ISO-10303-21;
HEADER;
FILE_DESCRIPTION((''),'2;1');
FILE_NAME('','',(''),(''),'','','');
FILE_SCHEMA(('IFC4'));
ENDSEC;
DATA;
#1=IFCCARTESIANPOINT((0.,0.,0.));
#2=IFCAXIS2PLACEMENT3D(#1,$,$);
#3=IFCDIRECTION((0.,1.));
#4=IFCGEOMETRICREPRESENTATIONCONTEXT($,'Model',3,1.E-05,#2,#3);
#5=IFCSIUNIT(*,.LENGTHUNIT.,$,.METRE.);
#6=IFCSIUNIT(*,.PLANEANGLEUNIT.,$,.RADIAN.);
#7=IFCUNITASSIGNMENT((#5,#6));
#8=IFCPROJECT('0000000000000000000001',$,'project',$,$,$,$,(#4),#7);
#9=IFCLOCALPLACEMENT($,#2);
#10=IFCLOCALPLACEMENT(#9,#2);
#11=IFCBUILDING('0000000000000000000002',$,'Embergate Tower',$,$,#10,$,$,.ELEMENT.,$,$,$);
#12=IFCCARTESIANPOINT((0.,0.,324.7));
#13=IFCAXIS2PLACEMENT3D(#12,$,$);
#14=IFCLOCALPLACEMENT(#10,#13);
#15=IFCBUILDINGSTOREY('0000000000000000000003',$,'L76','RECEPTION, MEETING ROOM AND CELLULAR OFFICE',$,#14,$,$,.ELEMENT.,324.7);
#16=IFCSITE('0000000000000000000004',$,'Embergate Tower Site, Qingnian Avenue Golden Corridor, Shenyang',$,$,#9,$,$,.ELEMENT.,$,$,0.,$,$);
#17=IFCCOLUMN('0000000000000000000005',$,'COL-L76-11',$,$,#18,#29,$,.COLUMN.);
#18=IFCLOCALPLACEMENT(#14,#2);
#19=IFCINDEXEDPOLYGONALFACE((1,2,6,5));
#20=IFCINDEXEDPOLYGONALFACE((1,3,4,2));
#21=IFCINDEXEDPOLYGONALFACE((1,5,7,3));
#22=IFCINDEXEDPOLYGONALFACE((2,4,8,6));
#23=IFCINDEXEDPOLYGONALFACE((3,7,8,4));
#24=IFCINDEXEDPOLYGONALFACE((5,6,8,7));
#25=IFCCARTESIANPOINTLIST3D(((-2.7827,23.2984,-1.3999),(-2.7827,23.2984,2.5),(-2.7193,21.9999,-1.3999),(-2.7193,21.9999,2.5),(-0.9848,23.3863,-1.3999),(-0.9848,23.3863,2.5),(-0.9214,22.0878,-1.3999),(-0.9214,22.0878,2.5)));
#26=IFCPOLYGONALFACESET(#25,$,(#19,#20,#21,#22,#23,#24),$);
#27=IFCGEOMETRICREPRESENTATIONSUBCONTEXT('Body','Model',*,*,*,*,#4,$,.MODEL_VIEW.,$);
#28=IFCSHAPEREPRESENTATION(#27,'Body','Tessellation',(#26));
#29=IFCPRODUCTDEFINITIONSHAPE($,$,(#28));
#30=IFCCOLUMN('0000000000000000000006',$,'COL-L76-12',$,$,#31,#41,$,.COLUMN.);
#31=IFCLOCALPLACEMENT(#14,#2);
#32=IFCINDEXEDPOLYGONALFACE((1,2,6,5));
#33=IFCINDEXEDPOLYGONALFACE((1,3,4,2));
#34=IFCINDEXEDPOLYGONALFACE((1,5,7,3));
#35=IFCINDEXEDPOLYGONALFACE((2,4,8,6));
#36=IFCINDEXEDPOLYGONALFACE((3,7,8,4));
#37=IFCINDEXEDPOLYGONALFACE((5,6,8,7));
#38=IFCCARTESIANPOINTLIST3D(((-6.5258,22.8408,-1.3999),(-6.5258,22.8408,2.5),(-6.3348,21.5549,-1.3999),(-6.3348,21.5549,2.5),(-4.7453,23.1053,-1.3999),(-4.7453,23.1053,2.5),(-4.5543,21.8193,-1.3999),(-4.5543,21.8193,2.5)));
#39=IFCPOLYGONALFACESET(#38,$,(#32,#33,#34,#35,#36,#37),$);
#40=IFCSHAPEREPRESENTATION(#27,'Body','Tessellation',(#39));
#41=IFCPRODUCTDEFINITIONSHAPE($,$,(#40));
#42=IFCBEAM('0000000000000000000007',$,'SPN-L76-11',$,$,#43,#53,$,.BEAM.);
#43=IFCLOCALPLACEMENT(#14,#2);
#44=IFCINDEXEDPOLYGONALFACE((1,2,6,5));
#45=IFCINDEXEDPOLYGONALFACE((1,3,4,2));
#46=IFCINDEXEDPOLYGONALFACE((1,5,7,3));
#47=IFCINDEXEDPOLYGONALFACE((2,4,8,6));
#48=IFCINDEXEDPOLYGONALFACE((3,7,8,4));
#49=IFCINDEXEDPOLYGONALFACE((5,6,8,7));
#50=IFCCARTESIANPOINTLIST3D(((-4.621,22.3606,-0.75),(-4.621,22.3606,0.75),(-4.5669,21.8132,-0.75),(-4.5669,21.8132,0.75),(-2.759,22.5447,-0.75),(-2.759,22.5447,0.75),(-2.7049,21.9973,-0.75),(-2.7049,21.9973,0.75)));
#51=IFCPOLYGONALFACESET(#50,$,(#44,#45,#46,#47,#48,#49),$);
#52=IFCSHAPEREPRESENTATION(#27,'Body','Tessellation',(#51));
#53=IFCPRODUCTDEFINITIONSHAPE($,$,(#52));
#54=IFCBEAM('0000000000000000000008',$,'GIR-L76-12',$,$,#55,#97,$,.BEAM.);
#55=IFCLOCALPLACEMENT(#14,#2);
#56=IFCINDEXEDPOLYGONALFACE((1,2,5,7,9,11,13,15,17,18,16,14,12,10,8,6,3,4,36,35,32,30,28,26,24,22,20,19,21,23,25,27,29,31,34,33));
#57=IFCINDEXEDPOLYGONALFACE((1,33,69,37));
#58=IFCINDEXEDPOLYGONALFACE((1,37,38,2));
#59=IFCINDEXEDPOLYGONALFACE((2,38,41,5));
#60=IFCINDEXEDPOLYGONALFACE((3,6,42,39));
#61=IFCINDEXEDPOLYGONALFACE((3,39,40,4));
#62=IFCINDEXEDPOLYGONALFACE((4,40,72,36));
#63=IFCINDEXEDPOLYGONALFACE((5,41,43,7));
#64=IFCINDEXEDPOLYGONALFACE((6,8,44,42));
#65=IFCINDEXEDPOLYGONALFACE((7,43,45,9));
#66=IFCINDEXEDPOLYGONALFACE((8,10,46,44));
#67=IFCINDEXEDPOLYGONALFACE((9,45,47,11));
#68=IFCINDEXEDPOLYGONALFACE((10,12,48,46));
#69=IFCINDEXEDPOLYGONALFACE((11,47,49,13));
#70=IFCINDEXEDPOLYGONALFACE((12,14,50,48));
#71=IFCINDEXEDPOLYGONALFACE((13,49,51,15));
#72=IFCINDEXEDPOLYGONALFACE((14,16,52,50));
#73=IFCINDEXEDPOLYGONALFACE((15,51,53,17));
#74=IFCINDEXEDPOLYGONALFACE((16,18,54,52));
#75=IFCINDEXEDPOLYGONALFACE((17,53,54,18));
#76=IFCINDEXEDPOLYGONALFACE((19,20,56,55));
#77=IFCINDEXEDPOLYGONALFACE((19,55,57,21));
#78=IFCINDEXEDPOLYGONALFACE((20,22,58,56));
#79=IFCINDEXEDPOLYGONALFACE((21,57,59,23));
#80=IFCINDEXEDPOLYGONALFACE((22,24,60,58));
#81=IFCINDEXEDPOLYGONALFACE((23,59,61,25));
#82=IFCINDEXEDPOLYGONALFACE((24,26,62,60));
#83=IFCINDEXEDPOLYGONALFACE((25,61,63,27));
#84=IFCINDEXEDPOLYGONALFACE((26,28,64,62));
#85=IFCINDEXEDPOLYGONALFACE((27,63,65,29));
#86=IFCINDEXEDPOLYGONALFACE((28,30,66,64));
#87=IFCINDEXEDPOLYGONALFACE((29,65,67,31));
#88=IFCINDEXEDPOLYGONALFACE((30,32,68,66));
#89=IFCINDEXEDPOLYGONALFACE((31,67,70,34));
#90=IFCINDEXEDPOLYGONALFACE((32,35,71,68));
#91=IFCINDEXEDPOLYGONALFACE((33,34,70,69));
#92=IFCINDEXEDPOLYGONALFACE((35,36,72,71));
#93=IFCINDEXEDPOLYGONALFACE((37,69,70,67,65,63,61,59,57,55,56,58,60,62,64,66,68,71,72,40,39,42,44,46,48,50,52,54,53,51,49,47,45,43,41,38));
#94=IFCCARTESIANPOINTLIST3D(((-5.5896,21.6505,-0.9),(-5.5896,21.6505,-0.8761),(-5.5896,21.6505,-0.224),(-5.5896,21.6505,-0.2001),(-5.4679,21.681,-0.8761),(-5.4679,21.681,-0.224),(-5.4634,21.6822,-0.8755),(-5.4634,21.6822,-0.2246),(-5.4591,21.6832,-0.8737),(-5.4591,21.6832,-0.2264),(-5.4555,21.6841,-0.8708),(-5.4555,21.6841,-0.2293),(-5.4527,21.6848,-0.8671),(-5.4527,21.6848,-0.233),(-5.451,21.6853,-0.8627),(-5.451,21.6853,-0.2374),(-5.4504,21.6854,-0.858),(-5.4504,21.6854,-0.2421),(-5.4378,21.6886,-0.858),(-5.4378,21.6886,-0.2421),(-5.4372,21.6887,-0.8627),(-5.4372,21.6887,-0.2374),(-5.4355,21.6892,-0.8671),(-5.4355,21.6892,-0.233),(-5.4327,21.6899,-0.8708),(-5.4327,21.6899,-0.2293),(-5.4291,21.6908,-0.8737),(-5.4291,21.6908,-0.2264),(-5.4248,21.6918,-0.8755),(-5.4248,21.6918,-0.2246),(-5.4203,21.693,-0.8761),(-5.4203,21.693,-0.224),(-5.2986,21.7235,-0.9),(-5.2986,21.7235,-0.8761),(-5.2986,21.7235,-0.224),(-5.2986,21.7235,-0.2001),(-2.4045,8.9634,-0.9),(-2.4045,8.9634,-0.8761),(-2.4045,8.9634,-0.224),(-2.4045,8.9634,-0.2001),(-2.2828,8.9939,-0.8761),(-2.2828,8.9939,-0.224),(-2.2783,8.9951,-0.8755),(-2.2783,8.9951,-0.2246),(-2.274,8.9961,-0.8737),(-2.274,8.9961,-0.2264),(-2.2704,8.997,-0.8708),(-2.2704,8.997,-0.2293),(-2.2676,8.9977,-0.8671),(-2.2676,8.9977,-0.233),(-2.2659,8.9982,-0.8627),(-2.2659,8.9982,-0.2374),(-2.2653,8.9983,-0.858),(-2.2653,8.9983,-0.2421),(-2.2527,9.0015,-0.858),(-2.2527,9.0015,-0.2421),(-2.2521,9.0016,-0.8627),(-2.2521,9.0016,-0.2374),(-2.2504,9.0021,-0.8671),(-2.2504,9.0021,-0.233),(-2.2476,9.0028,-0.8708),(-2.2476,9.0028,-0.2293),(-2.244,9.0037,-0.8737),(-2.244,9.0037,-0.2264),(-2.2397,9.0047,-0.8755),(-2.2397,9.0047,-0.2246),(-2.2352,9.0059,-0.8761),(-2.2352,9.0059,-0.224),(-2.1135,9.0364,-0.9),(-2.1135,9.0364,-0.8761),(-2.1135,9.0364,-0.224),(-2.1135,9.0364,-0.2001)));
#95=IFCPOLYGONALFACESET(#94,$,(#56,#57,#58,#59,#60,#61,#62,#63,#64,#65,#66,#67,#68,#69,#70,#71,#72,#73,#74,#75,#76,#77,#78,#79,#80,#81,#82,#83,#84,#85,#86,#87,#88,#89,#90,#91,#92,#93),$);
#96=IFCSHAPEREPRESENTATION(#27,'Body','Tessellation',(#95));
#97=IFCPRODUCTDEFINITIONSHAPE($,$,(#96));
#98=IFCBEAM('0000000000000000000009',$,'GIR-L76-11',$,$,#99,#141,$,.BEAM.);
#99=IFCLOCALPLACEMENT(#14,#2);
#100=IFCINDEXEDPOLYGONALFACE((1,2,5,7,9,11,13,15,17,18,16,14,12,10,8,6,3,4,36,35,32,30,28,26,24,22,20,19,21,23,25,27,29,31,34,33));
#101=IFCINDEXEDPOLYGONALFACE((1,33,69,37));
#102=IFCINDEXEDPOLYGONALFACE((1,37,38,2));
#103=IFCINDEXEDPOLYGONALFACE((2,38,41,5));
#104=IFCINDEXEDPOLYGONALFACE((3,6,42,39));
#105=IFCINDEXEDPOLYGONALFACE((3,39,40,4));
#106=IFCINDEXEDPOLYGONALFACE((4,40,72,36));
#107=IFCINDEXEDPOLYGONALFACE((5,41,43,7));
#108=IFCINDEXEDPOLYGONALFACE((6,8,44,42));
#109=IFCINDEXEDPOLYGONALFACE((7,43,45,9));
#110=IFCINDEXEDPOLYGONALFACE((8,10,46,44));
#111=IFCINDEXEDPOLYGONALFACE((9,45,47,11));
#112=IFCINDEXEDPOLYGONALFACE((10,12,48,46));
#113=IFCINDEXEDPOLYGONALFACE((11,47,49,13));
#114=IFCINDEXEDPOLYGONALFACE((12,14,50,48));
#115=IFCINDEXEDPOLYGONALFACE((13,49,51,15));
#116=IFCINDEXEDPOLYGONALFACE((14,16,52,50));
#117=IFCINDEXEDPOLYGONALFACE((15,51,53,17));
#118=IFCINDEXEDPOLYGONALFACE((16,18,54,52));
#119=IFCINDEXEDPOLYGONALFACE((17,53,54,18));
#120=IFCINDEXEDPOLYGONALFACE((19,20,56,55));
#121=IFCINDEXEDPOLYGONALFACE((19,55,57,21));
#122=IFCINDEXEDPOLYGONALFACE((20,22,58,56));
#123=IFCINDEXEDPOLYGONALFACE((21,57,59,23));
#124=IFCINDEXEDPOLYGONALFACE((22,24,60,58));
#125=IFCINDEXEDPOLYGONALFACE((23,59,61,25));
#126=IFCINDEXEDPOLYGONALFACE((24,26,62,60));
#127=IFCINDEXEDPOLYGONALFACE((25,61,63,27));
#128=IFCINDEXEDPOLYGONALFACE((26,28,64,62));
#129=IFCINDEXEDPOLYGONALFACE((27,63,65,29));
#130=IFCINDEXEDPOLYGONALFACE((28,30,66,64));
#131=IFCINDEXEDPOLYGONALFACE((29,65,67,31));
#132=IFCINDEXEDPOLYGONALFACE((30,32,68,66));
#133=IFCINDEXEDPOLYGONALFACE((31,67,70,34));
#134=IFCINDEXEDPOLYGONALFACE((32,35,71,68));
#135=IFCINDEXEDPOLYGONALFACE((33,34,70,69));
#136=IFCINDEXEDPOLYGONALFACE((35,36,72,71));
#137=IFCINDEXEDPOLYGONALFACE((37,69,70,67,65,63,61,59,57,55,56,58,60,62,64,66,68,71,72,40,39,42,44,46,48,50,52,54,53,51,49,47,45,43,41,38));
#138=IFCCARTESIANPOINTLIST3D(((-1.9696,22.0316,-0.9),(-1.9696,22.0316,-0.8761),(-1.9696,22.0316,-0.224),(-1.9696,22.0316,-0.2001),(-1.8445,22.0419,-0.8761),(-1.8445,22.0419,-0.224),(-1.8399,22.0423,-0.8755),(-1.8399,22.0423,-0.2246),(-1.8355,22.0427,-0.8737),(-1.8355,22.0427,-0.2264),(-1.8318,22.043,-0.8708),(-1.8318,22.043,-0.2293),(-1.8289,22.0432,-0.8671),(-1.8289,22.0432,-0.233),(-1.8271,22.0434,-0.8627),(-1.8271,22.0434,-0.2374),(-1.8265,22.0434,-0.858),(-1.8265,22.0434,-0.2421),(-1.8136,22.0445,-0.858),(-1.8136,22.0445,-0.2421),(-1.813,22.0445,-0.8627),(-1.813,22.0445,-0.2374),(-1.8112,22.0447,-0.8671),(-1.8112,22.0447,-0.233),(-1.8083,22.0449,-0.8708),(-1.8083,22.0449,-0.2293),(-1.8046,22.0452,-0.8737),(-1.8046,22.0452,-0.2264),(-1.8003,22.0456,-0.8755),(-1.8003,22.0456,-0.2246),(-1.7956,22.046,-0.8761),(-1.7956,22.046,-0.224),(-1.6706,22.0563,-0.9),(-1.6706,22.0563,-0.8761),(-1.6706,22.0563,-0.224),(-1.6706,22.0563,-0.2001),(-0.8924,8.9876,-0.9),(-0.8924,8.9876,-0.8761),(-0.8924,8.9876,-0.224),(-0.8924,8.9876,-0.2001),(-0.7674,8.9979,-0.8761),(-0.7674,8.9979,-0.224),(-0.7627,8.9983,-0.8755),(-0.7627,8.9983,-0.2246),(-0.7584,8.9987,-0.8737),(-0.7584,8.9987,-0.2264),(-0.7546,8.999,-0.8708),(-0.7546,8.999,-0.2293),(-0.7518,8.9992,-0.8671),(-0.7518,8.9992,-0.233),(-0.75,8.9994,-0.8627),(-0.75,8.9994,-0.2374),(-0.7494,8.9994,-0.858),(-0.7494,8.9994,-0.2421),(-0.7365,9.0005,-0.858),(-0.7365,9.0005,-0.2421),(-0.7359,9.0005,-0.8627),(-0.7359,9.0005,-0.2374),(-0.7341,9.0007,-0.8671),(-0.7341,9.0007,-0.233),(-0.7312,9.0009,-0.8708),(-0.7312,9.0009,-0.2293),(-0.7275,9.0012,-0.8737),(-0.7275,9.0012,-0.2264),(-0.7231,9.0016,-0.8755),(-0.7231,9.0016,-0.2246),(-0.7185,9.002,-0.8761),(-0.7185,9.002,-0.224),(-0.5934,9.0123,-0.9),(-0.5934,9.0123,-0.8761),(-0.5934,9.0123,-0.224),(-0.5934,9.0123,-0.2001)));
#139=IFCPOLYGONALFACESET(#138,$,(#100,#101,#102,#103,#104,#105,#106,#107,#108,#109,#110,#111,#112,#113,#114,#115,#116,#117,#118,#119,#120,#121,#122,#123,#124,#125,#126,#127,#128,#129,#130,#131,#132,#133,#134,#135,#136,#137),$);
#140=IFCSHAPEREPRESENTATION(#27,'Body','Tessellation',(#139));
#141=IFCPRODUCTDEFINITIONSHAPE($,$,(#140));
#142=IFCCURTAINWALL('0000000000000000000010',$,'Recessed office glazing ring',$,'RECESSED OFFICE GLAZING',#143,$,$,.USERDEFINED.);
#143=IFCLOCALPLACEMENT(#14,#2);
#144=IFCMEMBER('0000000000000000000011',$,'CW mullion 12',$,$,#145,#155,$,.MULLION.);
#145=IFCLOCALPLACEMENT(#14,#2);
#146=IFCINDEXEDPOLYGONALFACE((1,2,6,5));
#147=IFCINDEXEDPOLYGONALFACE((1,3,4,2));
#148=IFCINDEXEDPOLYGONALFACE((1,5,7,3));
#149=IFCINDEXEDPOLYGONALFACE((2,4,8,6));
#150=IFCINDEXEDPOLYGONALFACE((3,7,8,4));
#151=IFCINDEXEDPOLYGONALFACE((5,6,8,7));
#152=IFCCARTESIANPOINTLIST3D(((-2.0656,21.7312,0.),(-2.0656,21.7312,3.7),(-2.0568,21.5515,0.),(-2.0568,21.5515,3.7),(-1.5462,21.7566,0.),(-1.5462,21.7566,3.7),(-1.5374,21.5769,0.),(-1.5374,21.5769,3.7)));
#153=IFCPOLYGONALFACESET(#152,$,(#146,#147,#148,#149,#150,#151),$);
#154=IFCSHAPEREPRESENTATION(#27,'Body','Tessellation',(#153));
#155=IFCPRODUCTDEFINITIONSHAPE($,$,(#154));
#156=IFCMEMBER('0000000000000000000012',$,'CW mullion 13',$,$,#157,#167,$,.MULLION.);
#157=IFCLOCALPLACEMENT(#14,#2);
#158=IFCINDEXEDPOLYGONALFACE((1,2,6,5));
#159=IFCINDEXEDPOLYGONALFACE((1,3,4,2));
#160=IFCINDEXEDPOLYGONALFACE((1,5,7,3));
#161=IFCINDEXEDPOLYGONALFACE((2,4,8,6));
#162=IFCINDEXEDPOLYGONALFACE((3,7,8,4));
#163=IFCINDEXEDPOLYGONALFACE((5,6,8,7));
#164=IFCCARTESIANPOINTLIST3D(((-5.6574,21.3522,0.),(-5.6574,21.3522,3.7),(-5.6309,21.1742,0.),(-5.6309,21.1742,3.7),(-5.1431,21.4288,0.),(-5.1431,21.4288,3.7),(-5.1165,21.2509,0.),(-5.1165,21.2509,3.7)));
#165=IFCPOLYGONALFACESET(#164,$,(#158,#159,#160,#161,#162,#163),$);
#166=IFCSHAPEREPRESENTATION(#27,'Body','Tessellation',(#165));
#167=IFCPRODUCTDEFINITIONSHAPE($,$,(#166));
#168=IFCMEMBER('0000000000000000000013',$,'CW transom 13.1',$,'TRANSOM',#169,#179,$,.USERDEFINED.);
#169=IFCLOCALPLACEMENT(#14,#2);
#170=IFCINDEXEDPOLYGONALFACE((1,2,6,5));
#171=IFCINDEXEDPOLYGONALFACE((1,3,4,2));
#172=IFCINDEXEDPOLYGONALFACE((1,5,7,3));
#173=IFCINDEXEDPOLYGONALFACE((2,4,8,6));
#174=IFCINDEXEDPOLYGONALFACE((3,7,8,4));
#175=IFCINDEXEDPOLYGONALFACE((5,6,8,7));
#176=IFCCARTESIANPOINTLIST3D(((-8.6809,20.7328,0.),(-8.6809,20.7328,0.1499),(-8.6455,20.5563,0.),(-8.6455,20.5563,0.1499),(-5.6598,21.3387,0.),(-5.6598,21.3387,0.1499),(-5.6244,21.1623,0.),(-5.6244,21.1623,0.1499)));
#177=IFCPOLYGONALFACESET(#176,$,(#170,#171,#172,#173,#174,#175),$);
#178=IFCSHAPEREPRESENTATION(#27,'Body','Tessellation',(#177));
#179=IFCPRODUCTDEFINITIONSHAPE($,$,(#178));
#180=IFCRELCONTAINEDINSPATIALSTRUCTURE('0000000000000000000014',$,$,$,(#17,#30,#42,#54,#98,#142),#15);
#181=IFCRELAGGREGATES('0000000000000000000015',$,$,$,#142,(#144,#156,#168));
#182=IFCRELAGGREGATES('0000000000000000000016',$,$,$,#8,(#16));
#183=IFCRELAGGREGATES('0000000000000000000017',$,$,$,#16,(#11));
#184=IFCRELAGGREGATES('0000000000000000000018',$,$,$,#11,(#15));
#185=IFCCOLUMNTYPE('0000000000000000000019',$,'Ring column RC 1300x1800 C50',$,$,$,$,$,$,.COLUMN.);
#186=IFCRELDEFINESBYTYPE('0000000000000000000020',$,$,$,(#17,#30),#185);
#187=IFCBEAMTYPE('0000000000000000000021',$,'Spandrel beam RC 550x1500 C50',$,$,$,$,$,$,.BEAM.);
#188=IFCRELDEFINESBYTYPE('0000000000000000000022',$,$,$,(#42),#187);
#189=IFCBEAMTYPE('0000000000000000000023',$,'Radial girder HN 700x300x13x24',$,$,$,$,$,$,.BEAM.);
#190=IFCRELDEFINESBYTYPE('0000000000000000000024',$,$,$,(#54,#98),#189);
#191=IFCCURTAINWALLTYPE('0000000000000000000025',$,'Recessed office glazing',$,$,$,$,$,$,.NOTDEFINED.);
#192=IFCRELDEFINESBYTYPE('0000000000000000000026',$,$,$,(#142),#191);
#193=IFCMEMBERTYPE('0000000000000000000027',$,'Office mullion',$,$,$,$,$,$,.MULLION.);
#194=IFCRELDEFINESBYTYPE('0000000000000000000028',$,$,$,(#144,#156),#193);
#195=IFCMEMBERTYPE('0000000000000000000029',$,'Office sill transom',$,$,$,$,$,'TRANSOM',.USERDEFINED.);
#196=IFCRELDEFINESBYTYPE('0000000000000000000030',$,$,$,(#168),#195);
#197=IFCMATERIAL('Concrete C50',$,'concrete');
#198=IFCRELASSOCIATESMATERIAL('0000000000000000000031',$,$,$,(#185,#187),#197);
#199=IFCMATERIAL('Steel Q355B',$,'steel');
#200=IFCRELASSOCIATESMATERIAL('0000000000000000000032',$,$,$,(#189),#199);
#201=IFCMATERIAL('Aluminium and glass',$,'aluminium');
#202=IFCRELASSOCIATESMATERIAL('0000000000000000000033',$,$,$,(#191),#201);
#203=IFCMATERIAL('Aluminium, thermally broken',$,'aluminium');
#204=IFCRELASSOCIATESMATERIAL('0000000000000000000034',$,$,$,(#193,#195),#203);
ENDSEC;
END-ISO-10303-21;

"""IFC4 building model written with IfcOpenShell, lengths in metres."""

from ifc_helpers import new_model, si_unit, direction, frame, origin, origin_2d, place, context, subcontext, project, spatial, rectangle, i_section, extrude, source, transform, mapped, material, material_profile, profile_set, type_object, element, aggregate, save


model = new_model("IFC4")

# Units and contexts
model_context = context("Model", 3, precision=1e-05, world=origin(), true_north=direction((0.0, 1.0)))
body_context = subcontext(model_context, "Body", "Model", "MODEL_VIEW")
ifc_project = project(units=[si_unit("LENGTHUNIT", "METRE"), si_unit("PLANEANGLEUNIT", "RADIAN")], contexts=[model_context])

# Site, building, storey
site_placement = place(None, origin())
site = spatial("IfcSite", under=ifc_project, at=site_placement, Name="Embergate Tower Site, Qingnian Avenue Golden Corridor, Shenyang", CompositionType="ELEMENT", RefElevation=0.0)
building_placement = place(site_placement, origin())
building = spatial("IfcBuilding", under=site, at=building_placement, Name="Embergate Tower", CompositionType="ELEMENT")
storey_placement = place(building_placement, frame((0.0, 0.0, 324.7)))
storey = spatial("IfcBuildingStorey", under=building, at=storey_placement, Name="L76", Description="RECEPTION, MEETING ROOM AND CELLULAR OFFICE", CompositionType="ELEMENT", Elevation=324.7)

# Columns
ifc_material_1 = material(Name="Concrete C50", Category="concrete")
ifc_material_profile_1 = material_profile(ifc_material_1, rectangle(XDim=1.3, YDim=1.8, at=origin_2d()), Name="RC 1300x1800")
ifc_profile_set_1 = profile_set([ifc_material_profile_1], Name="Concrete C50")
column_type = type_object("IfcColumnType", Name="Ring column RC 1300x1800 C50", PredefinedType="COLUMN", material=ifc_profile_set_1)
shared_shape_1 = source(origin(), body_context, "Body", "SweptSolid", [
    extrude(rectangle(XDim=1.3, YDim=1.8, at=origin_2d()), origin(), (0.0, 0.0, 1.0), 3.8999),
])
for number, where, z_axis, x_axis, name in (
    (1, (-1.8521, 22.6931, -1.3999), (0.0, 0.0, 1.0), (-0.048815, 0.998808, 0.0), "COL-L76-11"),
    (2, (-5.54, 22.3301, -1.3999), (0.0, 0.0, 1.0), (-0.146929, 0.989147, 0.0), "COL-L76-12"),
):
    element("IfcColumn", number, at=place(storey_placement, frame(where, z_axis=z_axis, x_axis=x_axis)), inside=storey, type_object=column_type, Name=name, PredefinedType="COLUMN", context=body_context, shape_type="MappedRepresentation", body=[
        mapped(shared_shape_1, transform((0.0, 0.0, 0.0))),
    ])

# Beams
ifc_material_profile_2 = material_profile(ifc_material_1, rectangle(XDim=0.55, YDim=1.5, at=origin_2d()), Name="RC 550x1500")
ifc_profile_set_2 = profile_set([ifc_material_profile_2], Name="Concrete C50")
beam_type_1 = type_object("IfcBeamType", Name="Spandrel beam RC 550x1500 C50", PredefinedType="BEAM", material=ifc_profile_set_2)
shared_shape_2 = source(origin(), body_context, "Body", "SweptSolid", [
    extrude(rectangle(XDim=0.55, YDim=1.5, at=origin_2d()), origin(), (0.0, 0.0, 1.0), 1.8711),
])
beam_1_placement = place(storey_placement, frame((-2.7319, 22.271, 0.0), z_axis=(-0.995149, -0.09838, 0.0), x_axis=(0.09838, -0.995149, 0.0)))
element("IfcBeam", 3, at=beam_1_placement, inside=storey, type_object=beam_type_1, Name="SPN-L76-11", PredefinedType="BEAM", context=body_context, shape_type="MappedRepresentation", body=[
    mapped(shared_shape_2, transform((0.0, 0.0, 0.0))),
])
ifc_material_2 = material(Name="Steel Q355B", Category="steel")
ifc_material_profile_3 = material_profile(ifc_material_2, i_section(OverallWidth=0.3, OverallDepth=0.7, WebThickness=0.0129, FlangeThickness=0.0239, FilletRadius=0.0181, at=origin_2d()), Name="HN 700x300x13x24")
ifc_profile_set_3 = profile_set([ifc_material_profile_3], Name="Steel Q355 grade B")
beam_type_2 = type_object("IfcBeamType", Name="Radial girder HN 700x300x13x24", PredefinedType="BEAM", material=ifc_profile_set_3)
shared_shape_3 = source(origin(), body_context, "Body", "SweptSolid", [
    extrude(i_section(OverallWidth=0.3, OverallDepth=0.7, WebThickness=0.0129, FlangeThickness=0.0239, FilletRadius=0.0181, at=origin_2d()), origin(), (0.0, 0.0, 1.0), 13.0808),
])
beam_2_placement = place(storey_placement, frame((-5.4441, 21.687, -0.55), z_axis=(0.243493, -0.969903, 0.0), x_axis=(0.969903, 0.243493, 0.0)))
element("IfcBeam", 4, at=beam_2_placement, inside=storey, type_object=beam_type_2, Name="GIR-L76-12", PredefinedType="BEAM", context=body_context, shape_type="MappedRepresentation", body=[
    mapped(shared_shape_3, transform((0.0, 0.0, 0.0))),
])
shared_shape_4 = source(origin(), body_context, "Body", "SweptSolid", [
    extrude(i_section(OverallWidth=0.3, OverallDepth=0.7, WebThickness=0.0129, FlangeThickness=0.0239, FilletRadius=0.0181, at=origin_2d()), origin(), (0.0, 0.0, 1.0), 13.0884),
])
beam_3_placement = place(storey_placement, frame((-1.8201, 22.0439, -0.55), z_axis=(0.082298, -0.996608, 0.0), x_axis=(0.996608, 0.082298, 0.0)))
element("IfcBeam", 5, at=beam_3_placement, inside=storey, type_object=beam_type_2, Name="GIR-L76-11", PredefinedType="BEAM", context=body_context, shape_type="MappedRepresentation", body=[
    mapped(shared_shape_4, transform((0.0, 0.0, 0.0))),
])

# Curtain wall, members
ifc_material_3 = material(Name="Aluminium and glass", Category="aluminium")
curtain_wall_type = type_object("IfcCurtainWallType", Name="Recessed office glazing", PredefinedType="NOTDEFINED", material=ifc_material_3)
curtain_wall_placement = place(storey_placement, origin())
curtain_wall = element("IfcCurtainWall", 6, at=curtain_wall_placement, inside=storey, type_object=curtain_wall_type, Name="Recessed office glazing ring", ObjectType="RECESSED OFFICE GLAZING", PredefinedType="USERDEFINED")
ifc_material_4 = material(Name="Aluminium, thermally broken", Category="aluminium")
ifc_material_profile_4 = material_profile(ifc_material_4, rectangle(XDim=0.1799, YDim=0.52, at=origin_2d()), Name="AL 520x180")
ifc_profile_set_4 = profile_set([ifc_material_profile_4], Name="Aluminium, thermally broken")
member_type_1 = type_object("IfcMemberType", Name="Office mullion", PredefinedType="MULLION", material=ifc_profile_set_4)
shared_shape_5 = source(origin(), body_context, "Body", "SweptSolid", [
    extrude(rectangle(XDim=0.1799, YDim=0.52, at=origin_2d()), origin(), (0.0, 0.0, 1.0), 3.7),
])
member_1_placement = place(storey_placement, frame((-1.8015, 21.6541, 0.0), z_axis=(0.0, 0.0, 1.0), x_axis=(0.048972, -0.9988, 0.0)))
member_1 = element("IfcMember", 7, at=member_1_placement, type_object=member_type_1, Name="CW mullion 12", PredefinedType="MULLION", context=body_context, shape_type="MappedRepresentation", body=[
    mapped(shared_shape_5, transform((0.0, 0.0, 0.0))),
])
member_2_placement = place(storey_placement, frame((-5.387, 21.3015, 0.0), z_axis=(0.0, 0.0, 1.0), x_axis=(0.147412, -0.989075, 0.0)))
member_2 = element("IfcMember", 8, at=member_2_placement, type_object=member_type_1, Name="CW mullion 13", PredefinedType="MULLION", context=body_context, shape_type="MappedRepresentation", body=[
    mapped(shared_shape_5, transform((0.0, 0.0, 0.0))),
])
ifc_material_profile_5 = material_profile(ifc_material_4, rectangle(XDim=0.1799, YDim=0.1499, at=origin_2d()), Name="AL 150x180")
ifc_profile_set_5 = profile_set([ifc_material_profile_5], Name="Aluminium, thermally broken")
member_type_2 = type_object("IfcMemberType", Name="Office sill transom", ElementType="TRANSOM", PredefinedType="USERDEFINED", material=ifc_profile_set_5)
shared_shape_6 = source(origin(), body_context, "Body", "SweptSolid", [
    extrude(rectangle(XDim=0.1799, YDim=0.1499, at=origin_2d()), origin(), (0.0, 0.0, 1.0), 3.0813),
])
member_3_placement = place(storey_placement, frame((-5.6421, 21.2505, 0.075), z_axis=(-0.980474, -0.196649, 0.0), x_axis=(0.196649, -0.980474, 0.0)))
member_3 = element("IfcMember", 9, at=member_3_placement, type_object=member_type_2, Name="CW transom 13.1", ObjectType="TRANSOM", PredefinedType="USERDEFINED", context=body_context, shape_type="MappedRepresentation", body=[
    mapped(shared_shape_6, transform((0.0, 0.0, 0.0))),
])
aggregate(curtain_wall, [member_1, member_2, member_3])

save(model, "model.ifc")
